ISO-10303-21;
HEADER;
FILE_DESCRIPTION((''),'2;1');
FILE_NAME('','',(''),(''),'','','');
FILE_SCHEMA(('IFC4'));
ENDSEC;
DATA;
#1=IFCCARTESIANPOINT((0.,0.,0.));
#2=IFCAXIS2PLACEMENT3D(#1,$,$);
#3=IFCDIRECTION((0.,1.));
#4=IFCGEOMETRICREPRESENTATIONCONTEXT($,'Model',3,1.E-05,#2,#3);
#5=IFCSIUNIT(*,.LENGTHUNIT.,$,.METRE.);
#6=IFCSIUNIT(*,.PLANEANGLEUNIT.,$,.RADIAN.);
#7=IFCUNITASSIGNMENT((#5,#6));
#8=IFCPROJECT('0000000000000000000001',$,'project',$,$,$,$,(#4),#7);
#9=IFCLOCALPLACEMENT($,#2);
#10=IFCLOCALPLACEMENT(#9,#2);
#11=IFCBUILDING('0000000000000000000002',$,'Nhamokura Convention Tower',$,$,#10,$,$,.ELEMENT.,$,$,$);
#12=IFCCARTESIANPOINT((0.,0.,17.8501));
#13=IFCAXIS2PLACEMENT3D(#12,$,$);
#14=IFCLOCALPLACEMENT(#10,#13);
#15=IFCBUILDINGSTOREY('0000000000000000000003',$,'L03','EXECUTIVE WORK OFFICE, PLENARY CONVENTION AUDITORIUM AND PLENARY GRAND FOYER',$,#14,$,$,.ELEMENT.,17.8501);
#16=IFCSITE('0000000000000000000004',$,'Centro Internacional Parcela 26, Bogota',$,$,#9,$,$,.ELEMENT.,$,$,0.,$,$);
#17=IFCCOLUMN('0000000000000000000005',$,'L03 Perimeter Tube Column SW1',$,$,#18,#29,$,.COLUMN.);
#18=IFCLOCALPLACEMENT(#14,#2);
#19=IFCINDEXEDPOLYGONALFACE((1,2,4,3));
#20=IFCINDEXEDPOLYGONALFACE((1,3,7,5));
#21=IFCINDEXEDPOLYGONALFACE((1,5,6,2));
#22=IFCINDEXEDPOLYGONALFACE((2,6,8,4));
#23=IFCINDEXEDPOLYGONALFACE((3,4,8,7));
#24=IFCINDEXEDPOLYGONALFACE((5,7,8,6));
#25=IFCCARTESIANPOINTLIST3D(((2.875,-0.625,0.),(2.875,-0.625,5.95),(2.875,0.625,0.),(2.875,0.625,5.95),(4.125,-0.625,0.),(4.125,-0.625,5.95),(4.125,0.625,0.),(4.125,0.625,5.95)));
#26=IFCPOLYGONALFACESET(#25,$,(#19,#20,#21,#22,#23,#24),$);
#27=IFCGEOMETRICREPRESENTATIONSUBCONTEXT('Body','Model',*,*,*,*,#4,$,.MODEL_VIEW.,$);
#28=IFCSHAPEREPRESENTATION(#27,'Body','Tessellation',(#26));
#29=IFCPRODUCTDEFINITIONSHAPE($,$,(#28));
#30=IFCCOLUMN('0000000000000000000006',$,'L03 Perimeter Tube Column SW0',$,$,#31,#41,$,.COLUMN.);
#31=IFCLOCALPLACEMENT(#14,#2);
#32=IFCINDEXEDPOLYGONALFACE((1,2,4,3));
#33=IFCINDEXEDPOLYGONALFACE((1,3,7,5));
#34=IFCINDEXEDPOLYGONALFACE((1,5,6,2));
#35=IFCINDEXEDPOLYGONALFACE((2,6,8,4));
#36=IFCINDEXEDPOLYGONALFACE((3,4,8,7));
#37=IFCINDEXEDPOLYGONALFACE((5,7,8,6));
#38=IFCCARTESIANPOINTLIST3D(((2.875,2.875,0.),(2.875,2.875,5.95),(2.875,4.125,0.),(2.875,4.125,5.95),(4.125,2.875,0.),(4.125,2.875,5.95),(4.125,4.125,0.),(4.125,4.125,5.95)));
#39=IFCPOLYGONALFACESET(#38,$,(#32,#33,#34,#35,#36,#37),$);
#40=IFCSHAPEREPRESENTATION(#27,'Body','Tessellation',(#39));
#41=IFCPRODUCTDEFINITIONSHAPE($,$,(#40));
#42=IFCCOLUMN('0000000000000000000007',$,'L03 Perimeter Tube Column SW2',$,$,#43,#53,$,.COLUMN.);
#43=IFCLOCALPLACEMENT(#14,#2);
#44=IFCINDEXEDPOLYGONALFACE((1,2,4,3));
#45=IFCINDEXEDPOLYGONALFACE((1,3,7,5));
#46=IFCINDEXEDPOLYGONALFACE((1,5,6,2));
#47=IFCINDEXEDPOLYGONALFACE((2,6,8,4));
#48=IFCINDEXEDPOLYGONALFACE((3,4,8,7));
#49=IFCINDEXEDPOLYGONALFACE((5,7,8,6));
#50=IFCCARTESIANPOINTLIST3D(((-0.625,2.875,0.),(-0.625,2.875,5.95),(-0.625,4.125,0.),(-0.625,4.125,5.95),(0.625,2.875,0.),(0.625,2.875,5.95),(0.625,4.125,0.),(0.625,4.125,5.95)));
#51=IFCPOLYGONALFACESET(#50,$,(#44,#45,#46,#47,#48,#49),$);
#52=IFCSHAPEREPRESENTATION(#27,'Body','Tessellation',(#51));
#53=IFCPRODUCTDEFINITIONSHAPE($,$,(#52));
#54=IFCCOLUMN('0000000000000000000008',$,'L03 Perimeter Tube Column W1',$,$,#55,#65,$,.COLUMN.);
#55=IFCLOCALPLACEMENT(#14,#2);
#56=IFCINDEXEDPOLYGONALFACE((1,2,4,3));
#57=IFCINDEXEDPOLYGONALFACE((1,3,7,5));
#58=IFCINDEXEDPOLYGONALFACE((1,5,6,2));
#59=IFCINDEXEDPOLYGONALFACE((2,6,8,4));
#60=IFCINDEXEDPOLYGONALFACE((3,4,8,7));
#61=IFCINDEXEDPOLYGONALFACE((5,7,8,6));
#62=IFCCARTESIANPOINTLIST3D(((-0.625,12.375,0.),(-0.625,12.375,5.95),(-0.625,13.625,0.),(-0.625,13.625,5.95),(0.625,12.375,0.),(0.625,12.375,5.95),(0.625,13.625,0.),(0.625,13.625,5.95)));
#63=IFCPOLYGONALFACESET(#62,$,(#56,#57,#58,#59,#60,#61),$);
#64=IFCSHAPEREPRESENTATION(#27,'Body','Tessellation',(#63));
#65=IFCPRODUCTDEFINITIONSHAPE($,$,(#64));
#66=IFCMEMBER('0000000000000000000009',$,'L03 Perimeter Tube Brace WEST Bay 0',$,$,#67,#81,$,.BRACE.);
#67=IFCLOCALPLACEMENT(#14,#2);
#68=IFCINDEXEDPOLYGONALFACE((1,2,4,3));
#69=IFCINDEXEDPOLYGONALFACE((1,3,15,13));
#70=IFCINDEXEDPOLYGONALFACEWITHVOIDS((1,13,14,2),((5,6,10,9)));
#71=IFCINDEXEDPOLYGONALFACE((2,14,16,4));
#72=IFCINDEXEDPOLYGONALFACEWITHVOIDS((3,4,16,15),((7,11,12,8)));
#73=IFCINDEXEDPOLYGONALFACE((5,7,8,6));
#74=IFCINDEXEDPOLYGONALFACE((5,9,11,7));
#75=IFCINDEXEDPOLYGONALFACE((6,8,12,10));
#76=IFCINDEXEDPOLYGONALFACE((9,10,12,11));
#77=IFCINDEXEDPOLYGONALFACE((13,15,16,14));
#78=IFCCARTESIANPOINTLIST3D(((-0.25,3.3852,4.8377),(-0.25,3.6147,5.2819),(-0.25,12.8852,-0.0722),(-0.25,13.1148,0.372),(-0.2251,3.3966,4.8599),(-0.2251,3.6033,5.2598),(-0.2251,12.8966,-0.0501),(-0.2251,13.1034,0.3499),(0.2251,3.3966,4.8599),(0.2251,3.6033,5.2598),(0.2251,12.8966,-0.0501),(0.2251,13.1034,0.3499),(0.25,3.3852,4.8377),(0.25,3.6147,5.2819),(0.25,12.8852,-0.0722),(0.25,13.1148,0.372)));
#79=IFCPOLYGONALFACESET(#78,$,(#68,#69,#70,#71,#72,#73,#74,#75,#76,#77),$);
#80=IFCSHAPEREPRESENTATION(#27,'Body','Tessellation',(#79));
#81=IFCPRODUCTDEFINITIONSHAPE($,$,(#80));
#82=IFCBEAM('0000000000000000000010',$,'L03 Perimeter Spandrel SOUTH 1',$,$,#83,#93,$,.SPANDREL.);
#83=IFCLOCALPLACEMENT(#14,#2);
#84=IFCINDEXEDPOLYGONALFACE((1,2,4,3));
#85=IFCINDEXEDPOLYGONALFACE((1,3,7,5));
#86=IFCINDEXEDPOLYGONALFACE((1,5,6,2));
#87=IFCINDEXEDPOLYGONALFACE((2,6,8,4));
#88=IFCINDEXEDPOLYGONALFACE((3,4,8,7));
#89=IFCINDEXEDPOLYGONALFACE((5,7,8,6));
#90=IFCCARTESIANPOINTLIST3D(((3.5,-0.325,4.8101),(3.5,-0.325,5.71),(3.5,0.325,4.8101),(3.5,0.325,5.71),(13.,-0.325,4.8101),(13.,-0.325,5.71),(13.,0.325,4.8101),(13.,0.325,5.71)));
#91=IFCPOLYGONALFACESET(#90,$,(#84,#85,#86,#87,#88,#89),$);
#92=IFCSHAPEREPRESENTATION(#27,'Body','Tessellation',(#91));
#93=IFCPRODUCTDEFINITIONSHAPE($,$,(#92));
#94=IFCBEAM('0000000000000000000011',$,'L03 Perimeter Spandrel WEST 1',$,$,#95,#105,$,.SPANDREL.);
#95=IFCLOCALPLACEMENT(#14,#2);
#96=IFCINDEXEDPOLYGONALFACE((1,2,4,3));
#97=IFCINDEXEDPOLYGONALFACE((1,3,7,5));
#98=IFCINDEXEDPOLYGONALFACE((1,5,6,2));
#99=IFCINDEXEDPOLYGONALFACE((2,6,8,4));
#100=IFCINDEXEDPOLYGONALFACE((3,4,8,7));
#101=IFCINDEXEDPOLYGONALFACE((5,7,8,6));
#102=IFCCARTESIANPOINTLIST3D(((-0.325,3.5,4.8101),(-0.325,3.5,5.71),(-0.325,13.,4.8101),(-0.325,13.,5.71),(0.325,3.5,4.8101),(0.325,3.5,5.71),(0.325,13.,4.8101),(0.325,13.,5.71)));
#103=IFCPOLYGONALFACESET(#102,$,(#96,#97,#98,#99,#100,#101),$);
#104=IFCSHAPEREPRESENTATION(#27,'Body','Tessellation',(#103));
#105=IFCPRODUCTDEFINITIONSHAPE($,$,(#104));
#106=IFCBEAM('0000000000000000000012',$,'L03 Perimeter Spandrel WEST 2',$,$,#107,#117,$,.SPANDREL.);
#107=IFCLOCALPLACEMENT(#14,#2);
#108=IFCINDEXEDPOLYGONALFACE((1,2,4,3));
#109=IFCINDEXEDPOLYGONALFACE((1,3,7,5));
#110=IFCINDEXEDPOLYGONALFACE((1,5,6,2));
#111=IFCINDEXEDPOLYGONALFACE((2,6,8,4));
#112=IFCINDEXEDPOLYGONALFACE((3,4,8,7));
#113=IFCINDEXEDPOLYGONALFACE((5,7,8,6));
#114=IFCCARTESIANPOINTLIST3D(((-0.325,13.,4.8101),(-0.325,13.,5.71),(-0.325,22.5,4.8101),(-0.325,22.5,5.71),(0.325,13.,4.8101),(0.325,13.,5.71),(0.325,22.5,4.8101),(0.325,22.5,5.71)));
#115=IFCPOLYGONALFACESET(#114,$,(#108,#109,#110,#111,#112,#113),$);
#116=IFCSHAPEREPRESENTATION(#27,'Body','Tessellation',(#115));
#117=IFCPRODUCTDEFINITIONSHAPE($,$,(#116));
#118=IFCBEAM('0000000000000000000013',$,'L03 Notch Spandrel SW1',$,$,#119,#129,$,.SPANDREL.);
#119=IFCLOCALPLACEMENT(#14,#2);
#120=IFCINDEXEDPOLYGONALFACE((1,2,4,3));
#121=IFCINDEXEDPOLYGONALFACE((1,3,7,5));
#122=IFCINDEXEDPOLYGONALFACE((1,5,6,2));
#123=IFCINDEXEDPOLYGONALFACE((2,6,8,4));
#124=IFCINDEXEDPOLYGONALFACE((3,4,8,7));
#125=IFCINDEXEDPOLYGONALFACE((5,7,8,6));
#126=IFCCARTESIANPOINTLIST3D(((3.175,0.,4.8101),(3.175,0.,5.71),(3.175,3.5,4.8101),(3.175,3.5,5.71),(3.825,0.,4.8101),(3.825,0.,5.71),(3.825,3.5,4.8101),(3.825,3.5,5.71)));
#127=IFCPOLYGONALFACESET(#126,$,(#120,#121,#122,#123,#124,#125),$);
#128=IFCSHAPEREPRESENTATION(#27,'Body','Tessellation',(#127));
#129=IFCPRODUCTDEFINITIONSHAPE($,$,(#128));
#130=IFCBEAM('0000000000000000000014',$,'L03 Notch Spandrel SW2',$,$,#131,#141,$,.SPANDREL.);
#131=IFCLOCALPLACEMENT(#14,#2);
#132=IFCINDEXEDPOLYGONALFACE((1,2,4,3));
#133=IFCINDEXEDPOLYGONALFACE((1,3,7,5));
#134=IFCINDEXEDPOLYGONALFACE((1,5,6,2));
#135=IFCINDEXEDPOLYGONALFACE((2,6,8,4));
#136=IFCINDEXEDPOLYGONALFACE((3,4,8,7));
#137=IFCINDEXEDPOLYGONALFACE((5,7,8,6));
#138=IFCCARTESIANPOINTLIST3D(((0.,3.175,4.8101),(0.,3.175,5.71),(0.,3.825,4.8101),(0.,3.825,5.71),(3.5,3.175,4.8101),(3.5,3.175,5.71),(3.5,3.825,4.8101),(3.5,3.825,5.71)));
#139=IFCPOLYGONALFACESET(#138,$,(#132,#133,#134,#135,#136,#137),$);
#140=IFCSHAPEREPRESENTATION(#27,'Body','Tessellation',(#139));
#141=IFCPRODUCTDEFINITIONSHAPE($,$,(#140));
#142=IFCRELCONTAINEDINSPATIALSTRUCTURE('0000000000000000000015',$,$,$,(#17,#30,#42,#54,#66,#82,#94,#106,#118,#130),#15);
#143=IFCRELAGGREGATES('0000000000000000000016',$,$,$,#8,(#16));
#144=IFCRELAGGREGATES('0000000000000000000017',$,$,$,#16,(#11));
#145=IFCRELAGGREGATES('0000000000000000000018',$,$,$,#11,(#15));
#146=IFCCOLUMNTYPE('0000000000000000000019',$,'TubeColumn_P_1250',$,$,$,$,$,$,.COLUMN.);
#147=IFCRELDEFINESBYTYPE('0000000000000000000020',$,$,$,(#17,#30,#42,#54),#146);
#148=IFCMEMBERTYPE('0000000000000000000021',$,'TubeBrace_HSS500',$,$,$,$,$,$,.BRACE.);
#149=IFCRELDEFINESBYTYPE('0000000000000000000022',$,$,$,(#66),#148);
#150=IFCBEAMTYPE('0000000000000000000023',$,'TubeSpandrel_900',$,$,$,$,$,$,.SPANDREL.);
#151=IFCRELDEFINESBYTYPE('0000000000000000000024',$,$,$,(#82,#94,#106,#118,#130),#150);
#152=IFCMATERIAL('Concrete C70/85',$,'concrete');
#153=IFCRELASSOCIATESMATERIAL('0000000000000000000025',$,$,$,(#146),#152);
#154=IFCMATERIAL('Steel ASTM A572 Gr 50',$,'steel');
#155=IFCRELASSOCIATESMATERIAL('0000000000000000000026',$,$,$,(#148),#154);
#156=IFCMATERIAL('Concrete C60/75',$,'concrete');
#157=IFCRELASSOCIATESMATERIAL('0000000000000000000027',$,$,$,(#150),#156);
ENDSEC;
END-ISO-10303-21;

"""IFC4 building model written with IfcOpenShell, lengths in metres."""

from ifc_helpers import new_model, si_unit, direction, frame, origin, origin_2d, place, context, subcontext, project, spatial, rectangle, hollow_rectangle, extrude, material, material_profile, profile_set, type_object, element, save


model = new_model("IFC4")

# Units and contexts
model_context = context("Model", 3, precision=1e-05, world=origin(), true_north=direction((0.0, 1.0)))
body_context = subcontext(model_context, "Body", "Model", "MODEL_VIEW")
ifc_project = project(units=[si_unit("LENGTHUNIT", "METRE"), si_unit("PLANEANGLEUNIT", "RADIAN")], contexts=[model_context])

# Site, building, storey
site_placement = place(None, origin())
site = spatial("IfcSite", under=ifc_project, at=site_placement, Name="Centro Internacional Parcela 26, Bogota", CompositionType="ELEMENT", RefElevation=0.0)
building_placement = place(site_placement, origin())
building = spatial("IfcBuilding", under=site, at=building_placement, Name="Nhamokura Convention Tower", CompositionType="ELEMENT")
storey_placement = place(building_placement, frame((0.0, 0.0, 17.8501)))
storey = spatial("IfcBuildingStorey", under=building, at=storey_placement, Name="L03", Description="EXECUTIVE WORK OFFICE, PLENARY CONVENTION AUDITORIUM AND PLENARY GRAND FOYER", CompositionType="ELEMENT", Elevation=17.8501)

# Columns
ifc_material_1 = material(Name="Concrete C70/85", Category="concrete")
ifc_material_profile_1 = material_profile(ifc_material_1, rectangle(XDim=1.25, YDim=1.25, at=origin_2d()))
ifc_profile_set_1 = profile_set([ifc_material_profile_1], Name="Concrete C70/85")
column_type = type_object("IfcColumnType", Name="TubeColumn_P_1250", PredefinedType="COLUMN", material=ifc_profile_set_1)
for number, where, z_axis, x_axis, name in (
    (1, (3.5, 0.0, 0.0), (0.0, 0.0, 1.0), (1.0, 0.0, 0.0), "L03 Perimeter Tube Column SW1"),
    (2, (3.5, 3.5, 0.0), (0.0, 0.0, 1.0), (1.0, 0.0, 0.0), "L03 Perimeter Tube Column SW0"),
    (3, (0.0, 3.5, 0.0), (0.0, 0.0, 1.0), (1.0, 0.0, 0.0), "L03 Perimeter Tube Column SW2"),
    (4, (0.0, 13.0, 0.0), (0.0, 0.0, 1.0), (1.0, 0.0, 0.0), "L03 Perimeter Tube Column W1"),
):
    element("IfcColumn", number, at=place(storey_placement, frame(where, z_axis=z_axis, x_axis=x_axis)), inside=storey, type_object=column_type, Name=name, PredefinedType="COLUMN", context=body_context, shape_type="SweptSolid", body=[
        extrude(rectangle(XDim=1.25, YDim=1.25, at=origin_2d()), origin(), (0.0, 0.0, 1.0), 5.95),
    ])

# Member
ifc_material_2 = material(Name="Steel ASTM A572 Gr 50", Category="steel")
ifc_material_profile_2 = material_profile(ifc_material_2, hollow_rectangle(XDim=0.5, YDim=0.5, WallThickness=0.0249, at=origin_2d()))
ifc_profile_set_2 = profile_set([ifc_material_profile_2], Name="Steel ASTM A572 Gr 50")
member_type = type_object("IfcMemberType", Name="TubeBrace_HSS500", PredefinedType="BRACE", material=ifc_profile_set_2)
member_placement = place(storey_placement, frame((0.0, 13.0, 0.1499), z_axis=(0.0, -0.888366, 0.459137), x_axis=(1.0, 0.0, 0.0)))
element("IfcMember", 5, at=member_placement, inside=storey, type_object=member_type, Name="L03 Perimeter Tube Brace WEST Bay 0", PredefinedType="BRACE", context=body_context, shape_type="SweptSolid", body=[
    extrude(hollow_rectangle(XDim=0.5, YDim=0.5, WallThickness=0.0249, at=origin_2d()), origin(), (0.0, 0.0, 1.0), 10.6938),
])

# Beams
ifc_material_3 = material(Name="Concrete C60/75", Category="concrete")
ifc_material_profile_3 = material_profile(ifc_material_3, rectangle(XDim=0.6499, YDim=0.8999, at=origin_2d()))
ifc_profile_set_3 = profile_set([ifc_material_profile_3], Name="Concrete C60/75")
beam_type = type_object("IfcBeamType", Name="TubeSpandrel_900", PredefinedType="SPANDREL", material=ifc_profile_set_3)
for number, where, z_axis, x_axis, name in (
    (6, (3.5, 0.0, 5.26), (1.0, 0.0, 0.0), (0.0, 1.0, 0.0), "L03 Perimeter Spandrel SOUTH 1"),
    (7, (0.0, 3.5, 5.26), (0.0, 1.0, 0.0), (-1.0, 0.0, 0.0), "L03 Perimeter Spandrel WEST 1"),
    (8, (0.0, 13.0, 5.26), (0.0, 1.0, 0.0), (-1.0, 0.0, 0.0), "L03 Perimeter Spandrel WEST 2"),
):
    element("IfcBeam", number, at=place(storey_placement, frame(where, z_axis=z_axis, x_axis=x_axis)), inside=storey, type_object=beam_type, Name=name, PredefinedType="SPANDREL", context=body_context, shape_type="SweptSolid", body=[
        extrude(rectangle(XDim=0.6499, YDim=0.8999, at=origin_2d()), origin(), (0.0, 0.0, 1.0), 9.5),
    ])
for number, where, z_axis, x_axis, name in (
    (9, (3.5, 0.0, 5.26), (0.0, 1.0, 0.0), (-1.0, 0.0, 0.0), "L03 Notch Spandrel SW1"),
    (10, (3.5, 3.5, 5.26), (-1.0, 0.0, 0.0), (0.0, -1.0, 0.0), "L03 Notch Spandrel SW2"),
):
    element("IfcBeam", number, at=place(storey_placement, frame(where, z_axis=z_axis, x_axis=x_axis)), inside=storey, type_object=beam_type, Name=name, PredefinedType="SPANDREL", context=body_context, shape_type="SweptSolid", body=[
        extrude(rectangle(XDim=0.6499, YDim=0.8999, at=origin_2d()), origin(), (0.0, 0.0, 1.0), 3.5),
    ])

save(model, "model.ifc")
